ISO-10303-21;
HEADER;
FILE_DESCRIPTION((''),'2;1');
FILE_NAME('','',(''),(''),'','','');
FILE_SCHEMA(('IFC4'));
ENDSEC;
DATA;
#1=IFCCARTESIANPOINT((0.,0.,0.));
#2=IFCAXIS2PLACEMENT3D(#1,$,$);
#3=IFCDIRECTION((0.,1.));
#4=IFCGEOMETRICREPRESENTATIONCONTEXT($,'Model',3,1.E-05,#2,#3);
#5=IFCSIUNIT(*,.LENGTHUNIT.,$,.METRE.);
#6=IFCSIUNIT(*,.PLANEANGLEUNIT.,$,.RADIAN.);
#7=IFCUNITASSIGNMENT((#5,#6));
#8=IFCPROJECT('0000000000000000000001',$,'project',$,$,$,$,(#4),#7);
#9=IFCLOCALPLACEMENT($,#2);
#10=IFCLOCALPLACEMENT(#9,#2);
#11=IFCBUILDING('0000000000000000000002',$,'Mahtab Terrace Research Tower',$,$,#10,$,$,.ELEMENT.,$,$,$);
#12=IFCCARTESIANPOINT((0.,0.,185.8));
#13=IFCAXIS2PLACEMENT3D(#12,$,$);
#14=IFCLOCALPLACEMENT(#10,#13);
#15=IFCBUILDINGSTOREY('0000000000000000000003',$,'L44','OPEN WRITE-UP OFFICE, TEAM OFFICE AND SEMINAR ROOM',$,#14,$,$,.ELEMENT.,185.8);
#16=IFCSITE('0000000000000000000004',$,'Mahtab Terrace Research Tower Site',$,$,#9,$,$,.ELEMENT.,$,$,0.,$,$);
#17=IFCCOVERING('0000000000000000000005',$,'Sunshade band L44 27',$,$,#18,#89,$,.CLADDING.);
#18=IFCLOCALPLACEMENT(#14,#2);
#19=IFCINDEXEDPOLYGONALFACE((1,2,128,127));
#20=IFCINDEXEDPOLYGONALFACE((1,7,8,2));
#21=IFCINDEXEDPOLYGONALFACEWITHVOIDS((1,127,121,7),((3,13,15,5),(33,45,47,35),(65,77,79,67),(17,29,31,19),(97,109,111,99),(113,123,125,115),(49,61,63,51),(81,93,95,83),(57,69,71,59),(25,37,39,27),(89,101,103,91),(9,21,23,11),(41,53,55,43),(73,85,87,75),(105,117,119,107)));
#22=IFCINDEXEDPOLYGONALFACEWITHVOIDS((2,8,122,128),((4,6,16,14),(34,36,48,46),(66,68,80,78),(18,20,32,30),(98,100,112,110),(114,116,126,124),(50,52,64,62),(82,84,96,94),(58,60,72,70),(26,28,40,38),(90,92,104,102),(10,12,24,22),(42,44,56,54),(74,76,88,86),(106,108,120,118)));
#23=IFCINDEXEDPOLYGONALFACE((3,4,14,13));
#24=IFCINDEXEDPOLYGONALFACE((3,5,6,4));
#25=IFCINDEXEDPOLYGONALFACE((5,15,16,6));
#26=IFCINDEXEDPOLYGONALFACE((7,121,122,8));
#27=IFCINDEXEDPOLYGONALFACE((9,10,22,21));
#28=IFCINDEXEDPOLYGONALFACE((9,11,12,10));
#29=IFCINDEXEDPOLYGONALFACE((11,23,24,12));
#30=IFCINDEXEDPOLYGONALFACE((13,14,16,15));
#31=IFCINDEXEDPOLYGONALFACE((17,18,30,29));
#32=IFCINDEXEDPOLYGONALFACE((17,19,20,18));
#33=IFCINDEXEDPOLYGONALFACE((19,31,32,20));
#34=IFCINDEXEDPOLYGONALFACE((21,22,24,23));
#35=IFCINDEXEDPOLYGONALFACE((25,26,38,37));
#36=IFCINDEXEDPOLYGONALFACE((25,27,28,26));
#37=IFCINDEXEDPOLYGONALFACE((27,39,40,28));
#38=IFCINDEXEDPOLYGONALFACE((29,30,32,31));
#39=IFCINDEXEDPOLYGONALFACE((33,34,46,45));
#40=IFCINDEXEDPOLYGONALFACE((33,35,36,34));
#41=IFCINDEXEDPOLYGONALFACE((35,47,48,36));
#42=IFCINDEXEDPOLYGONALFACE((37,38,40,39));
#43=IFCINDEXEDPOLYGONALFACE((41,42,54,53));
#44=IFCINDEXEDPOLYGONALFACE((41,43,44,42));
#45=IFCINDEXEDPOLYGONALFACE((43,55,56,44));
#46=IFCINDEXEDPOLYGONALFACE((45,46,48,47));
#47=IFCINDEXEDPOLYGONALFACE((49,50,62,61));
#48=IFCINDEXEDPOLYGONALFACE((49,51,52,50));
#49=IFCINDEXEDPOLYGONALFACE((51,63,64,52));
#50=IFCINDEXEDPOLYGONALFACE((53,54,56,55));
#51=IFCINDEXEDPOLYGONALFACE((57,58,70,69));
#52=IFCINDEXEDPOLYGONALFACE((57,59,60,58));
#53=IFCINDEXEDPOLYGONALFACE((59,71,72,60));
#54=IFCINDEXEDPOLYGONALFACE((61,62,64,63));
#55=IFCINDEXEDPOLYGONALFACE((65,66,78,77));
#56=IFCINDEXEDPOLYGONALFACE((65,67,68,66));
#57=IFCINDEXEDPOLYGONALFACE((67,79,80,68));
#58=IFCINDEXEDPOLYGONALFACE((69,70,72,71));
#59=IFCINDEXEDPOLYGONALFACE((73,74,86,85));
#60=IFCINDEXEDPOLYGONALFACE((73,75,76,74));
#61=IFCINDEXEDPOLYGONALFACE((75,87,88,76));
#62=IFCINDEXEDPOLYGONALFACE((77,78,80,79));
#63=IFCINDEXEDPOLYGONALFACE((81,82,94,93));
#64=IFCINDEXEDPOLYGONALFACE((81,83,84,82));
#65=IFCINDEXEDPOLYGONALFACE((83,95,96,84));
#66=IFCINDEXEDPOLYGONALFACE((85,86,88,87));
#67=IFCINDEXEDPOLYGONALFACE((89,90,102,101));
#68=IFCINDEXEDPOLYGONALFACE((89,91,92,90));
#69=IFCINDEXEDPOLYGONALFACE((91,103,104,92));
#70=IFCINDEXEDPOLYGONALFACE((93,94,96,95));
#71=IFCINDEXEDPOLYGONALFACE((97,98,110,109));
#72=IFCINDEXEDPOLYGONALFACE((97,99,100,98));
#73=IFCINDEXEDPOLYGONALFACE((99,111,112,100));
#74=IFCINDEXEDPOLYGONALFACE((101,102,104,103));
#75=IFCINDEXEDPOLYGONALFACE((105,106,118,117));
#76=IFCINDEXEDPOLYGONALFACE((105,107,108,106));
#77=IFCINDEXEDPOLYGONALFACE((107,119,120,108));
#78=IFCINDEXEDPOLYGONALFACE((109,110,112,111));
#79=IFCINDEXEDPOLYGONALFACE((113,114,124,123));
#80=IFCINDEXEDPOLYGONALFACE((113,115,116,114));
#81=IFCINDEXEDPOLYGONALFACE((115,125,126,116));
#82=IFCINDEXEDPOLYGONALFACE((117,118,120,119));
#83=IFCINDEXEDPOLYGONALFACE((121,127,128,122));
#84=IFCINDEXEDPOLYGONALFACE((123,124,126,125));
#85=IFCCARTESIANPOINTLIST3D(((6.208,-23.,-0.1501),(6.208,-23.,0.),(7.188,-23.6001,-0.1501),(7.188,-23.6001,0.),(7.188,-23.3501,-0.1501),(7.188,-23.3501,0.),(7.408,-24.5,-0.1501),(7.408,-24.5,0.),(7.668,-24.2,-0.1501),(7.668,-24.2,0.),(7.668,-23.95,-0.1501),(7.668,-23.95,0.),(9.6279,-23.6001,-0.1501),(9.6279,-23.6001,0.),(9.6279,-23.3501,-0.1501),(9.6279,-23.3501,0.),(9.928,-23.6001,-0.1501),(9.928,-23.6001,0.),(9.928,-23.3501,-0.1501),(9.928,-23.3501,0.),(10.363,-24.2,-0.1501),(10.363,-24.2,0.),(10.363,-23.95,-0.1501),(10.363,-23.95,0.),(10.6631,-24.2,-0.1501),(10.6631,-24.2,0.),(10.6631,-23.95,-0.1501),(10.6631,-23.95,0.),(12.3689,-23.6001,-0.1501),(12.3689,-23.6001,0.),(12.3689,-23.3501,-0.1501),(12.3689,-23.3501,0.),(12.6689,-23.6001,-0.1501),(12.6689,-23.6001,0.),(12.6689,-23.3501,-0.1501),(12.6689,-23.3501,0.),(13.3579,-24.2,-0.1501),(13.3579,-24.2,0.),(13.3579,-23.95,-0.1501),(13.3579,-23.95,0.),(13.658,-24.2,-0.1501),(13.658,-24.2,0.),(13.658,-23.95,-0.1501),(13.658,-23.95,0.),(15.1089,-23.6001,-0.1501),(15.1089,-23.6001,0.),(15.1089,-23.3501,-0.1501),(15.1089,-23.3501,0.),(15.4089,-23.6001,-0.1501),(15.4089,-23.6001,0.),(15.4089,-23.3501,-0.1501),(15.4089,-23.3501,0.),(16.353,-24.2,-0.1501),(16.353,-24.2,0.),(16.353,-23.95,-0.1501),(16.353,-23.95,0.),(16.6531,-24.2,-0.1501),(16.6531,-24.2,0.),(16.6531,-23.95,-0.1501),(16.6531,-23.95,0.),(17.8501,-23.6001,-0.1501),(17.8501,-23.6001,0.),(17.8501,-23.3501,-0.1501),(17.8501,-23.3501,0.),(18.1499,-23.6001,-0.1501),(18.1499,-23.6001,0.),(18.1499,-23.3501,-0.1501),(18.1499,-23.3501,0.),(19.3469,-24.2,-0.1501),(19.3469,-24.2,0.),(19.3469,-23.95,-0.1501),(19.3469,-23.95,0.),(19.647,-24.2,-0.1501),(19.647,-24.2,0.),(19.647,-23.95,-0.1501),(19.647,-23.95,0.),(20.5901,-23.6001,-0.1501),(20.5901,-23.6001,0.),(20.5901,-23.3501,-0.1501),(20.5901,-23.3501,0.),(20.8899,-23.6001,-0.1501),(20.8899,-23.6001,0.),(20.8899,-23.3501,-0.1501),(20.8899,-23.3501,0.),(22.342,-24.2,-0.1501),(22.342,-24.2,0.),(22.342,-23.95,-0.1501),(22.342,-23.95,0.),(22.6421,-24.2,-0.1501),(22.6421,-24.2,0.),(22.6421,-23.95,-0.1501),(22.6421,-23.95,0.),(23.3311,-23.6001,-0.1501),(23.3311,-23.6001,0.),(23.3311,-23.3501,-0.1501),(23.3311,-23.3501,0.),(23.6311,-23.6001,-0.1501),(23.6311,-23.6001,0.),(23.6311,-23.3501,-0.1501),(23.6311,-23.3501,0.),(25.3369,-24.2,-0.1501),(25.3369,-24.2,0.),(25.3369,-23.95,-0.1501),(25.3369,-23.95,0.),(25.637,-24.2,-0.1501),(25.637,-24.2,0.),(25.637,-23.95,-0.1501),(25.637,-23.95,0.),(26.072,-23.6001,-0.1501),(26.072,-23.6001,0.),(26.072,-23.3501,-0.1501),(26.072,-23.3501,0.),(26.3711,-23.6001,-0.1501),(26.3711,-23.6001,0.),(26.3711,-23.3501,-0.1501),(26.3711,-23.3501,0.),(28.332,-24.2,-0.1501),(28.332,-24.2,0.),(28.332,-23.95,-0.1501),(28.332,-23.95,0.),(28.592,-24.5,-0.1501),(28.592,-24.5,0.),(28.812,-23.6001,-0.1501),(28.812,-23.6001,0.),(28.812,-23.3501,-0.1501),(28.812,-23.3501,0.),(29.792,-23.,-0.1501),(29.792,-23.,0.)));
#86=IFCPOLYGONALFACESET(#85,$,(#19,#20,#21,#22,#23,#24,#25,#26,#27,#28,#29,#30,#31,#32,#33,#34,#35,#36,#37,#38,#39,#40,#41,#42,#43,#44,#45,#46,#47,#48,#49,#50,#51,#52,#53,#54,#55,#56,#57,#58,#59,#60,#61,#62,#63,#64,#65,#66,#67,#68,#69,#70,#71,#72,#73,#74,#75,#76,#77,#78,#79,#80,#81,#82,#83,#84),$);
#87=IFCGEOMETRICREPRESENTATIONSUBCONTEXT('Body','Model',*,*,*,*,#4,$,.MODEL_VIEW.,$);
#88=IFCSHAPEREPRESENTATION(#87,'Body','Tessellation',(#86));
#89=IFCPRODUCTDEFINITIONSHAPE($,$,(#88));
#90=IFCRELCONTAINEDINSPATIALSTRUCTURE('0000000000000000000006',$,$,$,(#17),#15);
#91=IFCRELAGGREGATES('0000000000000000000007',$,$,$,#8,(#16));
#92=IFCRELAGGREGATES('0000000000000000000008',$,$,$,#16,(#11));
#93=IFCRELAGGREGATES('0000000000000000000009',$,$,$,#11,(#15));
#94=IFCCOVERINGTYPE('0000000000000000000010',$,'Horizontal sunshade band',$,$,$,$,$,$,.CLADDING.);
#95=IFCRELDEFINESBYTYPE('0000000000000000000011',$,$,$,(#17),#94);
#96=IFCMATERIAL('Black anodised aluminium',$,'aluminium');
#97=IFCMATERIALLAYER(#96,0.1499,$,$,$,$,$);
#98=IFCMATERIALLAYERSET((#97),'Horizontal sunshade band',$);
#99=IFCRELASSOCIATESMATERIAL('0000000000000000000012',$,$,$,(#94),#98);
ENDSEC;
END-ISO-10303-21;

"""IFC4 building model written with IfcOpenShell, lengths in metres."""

from ifc_helpers import new_model, si_unit, direction, frame, origin, place, context, subcontext, project, spatial, polyline, outline, extrude, material, layer, layer_set, type_object, element, save


model = new_model("IFC4")

# Units and contexts
model_context = context("Model", 3, precision=1e-05, world=origin(), true_north=direction((0.0, 1.0)))
body_context = subcontext(model_context, "Body", "Model", "MODEL_VIEW")
ifc_project = project(units=[si_unit("LENGTHUNIT", "METRE"), si_unit("PLANEANGLEUNIT", "RADIAN")], contexts=[model_context])

# Site, building, storey
site_placement = place(None, origin())
site = spatial("IfcSite", under=ifc_project, at=site_placement, Name="Mahtab Terrace Research Tower Site", CompositionType="ELEMENT", RefElevation=0.0)
building_placement = place(site_placement, origin())
building = spatial("IfcBuilding", under=site, at=building_placement, Name="Mahtab Terrace Research Tower", CompositionType="ELEMENT")
storey_placement = place(building_placement, frame((0.0, 0.0, 185.8)))
storey = spatial("IfcBuildingStorey", under=building, at=storey_placement, Name="L44", Description="OPEN WRITE-UP OFFICE, TEAM OFFICE AND SEMINAR ROOM", CompositionType="ELEMENT", Elevation=185.8)

# Covering
ifc_material_1 = material(Name="Black anodised aluminium", Category="aluminium")
ifc_layer_1 = layer(ifc_material_1, 0.1499)
ifc_layer_set_1 = layer_set([ifc_layer_1], Name="Horizontal sunshade band")
covering_type = type_object("IfcCoveringType", Name="Horizontal sunshade band", PredefinedType="CLADDING", material=ifc_layer_set_1)
covering_1_placement = place(storey_placement, frame((0.0, 0.0, -0.1501)))
element("IfcCovering", 1, at=covering_1_placement, inside=storey, type_object=covering_type, Name="Sunshade band L44 27", PredefinedType="CLADDING", context=body_context, shape_type="SweptSolid", body=[
    extrude(outline(polyline([(6.208, -23.0), (29.792, -23.0), (28.592, -24.5), (7.408, -24.5), (6.208, -23.0)]), holes=[polyline([(7.188, -23.3501), (9.6279, -23.3501), (9.6279, -23.6001), (7.188, -23.6001), (7.188, -23.3501)]), polyline([(9.928, -23.3501), (12.3689, -23.3501), (12.3689, -23.6001), (9.928, -23.6001), (9.928, -23.3501)]), polyline([(12.6689, -23.3501), (15.1089, -23.3501), (15.1089, -23.6001), (12.6689, -23.6001), (12.6689, -23.3501)]), polyline([(15.4089, -23.3501), (17.8501, -23.3501), (17.8501, -23.6001), (15.4089, -23.6001), (15.4089, -23.3501)]), polyline([(18.1499, -23.3501), (20.5901, -23.3501), (20.5901, -23.6001), (18.1499, -23.6001), (18.1499, -23.3501)]), polyline([(20.8899, -23.3501), (23.3311, -23.3501), (23.3311, -23.6001), (20.8899, -23.6001), (20.8899, -23.3501)]), polyline([(23.6311, -23.3501), (26.072, -23.3501), (26.072, -23.6001), (23.6311, -23.6001), (23.6311, -23.3501)]), polyline([(26.3711, -23.3501), (28.812, -23.3501), (28.812, -23.6001), (26.3711, -23.6001), (26.3711, -23.3501)]), polyline([(7.668, -23.95), (10.363, -23.95), (10.363, -24.2), (7.668, -24.2), (7.668, -23.95)]), polyline([(10.6631, -23.95), (13.3579, -23.95), (13.3579, -24.2), (10.6631, -24.2), (10.6631, -23.95)]), polyline([(13.658, -23.95), (16.353, -23.95), (16.353, -24.2), (13.658, -24.2), (13.658, -23.95)]), polyline([(16.6531, -23.95), (19.3469, -23.95), (19.3469, -24.2), (16.6531, -24.2), (16.6531, -23.95)]), polyline([(19.647, -23.95), (22.342, -23.95), (22.342, -24.2), (19.647, -24.2), (19.647, -23.95)]), polyline([(22.6421, -23.95), (25.3369, -23.95), (25.3369, -24.2), (22.6421, -24.2), (22.6421, -23.95)]), polyline([(25.637, -23.95), (28.332, -23.95), (28.332, -24.2), (25.637, -24.2), (25.637, -23.95)])]), origin(), (0.0, 0.0, 1.0), 0.1501),
])

save(model, "model.ifc")
